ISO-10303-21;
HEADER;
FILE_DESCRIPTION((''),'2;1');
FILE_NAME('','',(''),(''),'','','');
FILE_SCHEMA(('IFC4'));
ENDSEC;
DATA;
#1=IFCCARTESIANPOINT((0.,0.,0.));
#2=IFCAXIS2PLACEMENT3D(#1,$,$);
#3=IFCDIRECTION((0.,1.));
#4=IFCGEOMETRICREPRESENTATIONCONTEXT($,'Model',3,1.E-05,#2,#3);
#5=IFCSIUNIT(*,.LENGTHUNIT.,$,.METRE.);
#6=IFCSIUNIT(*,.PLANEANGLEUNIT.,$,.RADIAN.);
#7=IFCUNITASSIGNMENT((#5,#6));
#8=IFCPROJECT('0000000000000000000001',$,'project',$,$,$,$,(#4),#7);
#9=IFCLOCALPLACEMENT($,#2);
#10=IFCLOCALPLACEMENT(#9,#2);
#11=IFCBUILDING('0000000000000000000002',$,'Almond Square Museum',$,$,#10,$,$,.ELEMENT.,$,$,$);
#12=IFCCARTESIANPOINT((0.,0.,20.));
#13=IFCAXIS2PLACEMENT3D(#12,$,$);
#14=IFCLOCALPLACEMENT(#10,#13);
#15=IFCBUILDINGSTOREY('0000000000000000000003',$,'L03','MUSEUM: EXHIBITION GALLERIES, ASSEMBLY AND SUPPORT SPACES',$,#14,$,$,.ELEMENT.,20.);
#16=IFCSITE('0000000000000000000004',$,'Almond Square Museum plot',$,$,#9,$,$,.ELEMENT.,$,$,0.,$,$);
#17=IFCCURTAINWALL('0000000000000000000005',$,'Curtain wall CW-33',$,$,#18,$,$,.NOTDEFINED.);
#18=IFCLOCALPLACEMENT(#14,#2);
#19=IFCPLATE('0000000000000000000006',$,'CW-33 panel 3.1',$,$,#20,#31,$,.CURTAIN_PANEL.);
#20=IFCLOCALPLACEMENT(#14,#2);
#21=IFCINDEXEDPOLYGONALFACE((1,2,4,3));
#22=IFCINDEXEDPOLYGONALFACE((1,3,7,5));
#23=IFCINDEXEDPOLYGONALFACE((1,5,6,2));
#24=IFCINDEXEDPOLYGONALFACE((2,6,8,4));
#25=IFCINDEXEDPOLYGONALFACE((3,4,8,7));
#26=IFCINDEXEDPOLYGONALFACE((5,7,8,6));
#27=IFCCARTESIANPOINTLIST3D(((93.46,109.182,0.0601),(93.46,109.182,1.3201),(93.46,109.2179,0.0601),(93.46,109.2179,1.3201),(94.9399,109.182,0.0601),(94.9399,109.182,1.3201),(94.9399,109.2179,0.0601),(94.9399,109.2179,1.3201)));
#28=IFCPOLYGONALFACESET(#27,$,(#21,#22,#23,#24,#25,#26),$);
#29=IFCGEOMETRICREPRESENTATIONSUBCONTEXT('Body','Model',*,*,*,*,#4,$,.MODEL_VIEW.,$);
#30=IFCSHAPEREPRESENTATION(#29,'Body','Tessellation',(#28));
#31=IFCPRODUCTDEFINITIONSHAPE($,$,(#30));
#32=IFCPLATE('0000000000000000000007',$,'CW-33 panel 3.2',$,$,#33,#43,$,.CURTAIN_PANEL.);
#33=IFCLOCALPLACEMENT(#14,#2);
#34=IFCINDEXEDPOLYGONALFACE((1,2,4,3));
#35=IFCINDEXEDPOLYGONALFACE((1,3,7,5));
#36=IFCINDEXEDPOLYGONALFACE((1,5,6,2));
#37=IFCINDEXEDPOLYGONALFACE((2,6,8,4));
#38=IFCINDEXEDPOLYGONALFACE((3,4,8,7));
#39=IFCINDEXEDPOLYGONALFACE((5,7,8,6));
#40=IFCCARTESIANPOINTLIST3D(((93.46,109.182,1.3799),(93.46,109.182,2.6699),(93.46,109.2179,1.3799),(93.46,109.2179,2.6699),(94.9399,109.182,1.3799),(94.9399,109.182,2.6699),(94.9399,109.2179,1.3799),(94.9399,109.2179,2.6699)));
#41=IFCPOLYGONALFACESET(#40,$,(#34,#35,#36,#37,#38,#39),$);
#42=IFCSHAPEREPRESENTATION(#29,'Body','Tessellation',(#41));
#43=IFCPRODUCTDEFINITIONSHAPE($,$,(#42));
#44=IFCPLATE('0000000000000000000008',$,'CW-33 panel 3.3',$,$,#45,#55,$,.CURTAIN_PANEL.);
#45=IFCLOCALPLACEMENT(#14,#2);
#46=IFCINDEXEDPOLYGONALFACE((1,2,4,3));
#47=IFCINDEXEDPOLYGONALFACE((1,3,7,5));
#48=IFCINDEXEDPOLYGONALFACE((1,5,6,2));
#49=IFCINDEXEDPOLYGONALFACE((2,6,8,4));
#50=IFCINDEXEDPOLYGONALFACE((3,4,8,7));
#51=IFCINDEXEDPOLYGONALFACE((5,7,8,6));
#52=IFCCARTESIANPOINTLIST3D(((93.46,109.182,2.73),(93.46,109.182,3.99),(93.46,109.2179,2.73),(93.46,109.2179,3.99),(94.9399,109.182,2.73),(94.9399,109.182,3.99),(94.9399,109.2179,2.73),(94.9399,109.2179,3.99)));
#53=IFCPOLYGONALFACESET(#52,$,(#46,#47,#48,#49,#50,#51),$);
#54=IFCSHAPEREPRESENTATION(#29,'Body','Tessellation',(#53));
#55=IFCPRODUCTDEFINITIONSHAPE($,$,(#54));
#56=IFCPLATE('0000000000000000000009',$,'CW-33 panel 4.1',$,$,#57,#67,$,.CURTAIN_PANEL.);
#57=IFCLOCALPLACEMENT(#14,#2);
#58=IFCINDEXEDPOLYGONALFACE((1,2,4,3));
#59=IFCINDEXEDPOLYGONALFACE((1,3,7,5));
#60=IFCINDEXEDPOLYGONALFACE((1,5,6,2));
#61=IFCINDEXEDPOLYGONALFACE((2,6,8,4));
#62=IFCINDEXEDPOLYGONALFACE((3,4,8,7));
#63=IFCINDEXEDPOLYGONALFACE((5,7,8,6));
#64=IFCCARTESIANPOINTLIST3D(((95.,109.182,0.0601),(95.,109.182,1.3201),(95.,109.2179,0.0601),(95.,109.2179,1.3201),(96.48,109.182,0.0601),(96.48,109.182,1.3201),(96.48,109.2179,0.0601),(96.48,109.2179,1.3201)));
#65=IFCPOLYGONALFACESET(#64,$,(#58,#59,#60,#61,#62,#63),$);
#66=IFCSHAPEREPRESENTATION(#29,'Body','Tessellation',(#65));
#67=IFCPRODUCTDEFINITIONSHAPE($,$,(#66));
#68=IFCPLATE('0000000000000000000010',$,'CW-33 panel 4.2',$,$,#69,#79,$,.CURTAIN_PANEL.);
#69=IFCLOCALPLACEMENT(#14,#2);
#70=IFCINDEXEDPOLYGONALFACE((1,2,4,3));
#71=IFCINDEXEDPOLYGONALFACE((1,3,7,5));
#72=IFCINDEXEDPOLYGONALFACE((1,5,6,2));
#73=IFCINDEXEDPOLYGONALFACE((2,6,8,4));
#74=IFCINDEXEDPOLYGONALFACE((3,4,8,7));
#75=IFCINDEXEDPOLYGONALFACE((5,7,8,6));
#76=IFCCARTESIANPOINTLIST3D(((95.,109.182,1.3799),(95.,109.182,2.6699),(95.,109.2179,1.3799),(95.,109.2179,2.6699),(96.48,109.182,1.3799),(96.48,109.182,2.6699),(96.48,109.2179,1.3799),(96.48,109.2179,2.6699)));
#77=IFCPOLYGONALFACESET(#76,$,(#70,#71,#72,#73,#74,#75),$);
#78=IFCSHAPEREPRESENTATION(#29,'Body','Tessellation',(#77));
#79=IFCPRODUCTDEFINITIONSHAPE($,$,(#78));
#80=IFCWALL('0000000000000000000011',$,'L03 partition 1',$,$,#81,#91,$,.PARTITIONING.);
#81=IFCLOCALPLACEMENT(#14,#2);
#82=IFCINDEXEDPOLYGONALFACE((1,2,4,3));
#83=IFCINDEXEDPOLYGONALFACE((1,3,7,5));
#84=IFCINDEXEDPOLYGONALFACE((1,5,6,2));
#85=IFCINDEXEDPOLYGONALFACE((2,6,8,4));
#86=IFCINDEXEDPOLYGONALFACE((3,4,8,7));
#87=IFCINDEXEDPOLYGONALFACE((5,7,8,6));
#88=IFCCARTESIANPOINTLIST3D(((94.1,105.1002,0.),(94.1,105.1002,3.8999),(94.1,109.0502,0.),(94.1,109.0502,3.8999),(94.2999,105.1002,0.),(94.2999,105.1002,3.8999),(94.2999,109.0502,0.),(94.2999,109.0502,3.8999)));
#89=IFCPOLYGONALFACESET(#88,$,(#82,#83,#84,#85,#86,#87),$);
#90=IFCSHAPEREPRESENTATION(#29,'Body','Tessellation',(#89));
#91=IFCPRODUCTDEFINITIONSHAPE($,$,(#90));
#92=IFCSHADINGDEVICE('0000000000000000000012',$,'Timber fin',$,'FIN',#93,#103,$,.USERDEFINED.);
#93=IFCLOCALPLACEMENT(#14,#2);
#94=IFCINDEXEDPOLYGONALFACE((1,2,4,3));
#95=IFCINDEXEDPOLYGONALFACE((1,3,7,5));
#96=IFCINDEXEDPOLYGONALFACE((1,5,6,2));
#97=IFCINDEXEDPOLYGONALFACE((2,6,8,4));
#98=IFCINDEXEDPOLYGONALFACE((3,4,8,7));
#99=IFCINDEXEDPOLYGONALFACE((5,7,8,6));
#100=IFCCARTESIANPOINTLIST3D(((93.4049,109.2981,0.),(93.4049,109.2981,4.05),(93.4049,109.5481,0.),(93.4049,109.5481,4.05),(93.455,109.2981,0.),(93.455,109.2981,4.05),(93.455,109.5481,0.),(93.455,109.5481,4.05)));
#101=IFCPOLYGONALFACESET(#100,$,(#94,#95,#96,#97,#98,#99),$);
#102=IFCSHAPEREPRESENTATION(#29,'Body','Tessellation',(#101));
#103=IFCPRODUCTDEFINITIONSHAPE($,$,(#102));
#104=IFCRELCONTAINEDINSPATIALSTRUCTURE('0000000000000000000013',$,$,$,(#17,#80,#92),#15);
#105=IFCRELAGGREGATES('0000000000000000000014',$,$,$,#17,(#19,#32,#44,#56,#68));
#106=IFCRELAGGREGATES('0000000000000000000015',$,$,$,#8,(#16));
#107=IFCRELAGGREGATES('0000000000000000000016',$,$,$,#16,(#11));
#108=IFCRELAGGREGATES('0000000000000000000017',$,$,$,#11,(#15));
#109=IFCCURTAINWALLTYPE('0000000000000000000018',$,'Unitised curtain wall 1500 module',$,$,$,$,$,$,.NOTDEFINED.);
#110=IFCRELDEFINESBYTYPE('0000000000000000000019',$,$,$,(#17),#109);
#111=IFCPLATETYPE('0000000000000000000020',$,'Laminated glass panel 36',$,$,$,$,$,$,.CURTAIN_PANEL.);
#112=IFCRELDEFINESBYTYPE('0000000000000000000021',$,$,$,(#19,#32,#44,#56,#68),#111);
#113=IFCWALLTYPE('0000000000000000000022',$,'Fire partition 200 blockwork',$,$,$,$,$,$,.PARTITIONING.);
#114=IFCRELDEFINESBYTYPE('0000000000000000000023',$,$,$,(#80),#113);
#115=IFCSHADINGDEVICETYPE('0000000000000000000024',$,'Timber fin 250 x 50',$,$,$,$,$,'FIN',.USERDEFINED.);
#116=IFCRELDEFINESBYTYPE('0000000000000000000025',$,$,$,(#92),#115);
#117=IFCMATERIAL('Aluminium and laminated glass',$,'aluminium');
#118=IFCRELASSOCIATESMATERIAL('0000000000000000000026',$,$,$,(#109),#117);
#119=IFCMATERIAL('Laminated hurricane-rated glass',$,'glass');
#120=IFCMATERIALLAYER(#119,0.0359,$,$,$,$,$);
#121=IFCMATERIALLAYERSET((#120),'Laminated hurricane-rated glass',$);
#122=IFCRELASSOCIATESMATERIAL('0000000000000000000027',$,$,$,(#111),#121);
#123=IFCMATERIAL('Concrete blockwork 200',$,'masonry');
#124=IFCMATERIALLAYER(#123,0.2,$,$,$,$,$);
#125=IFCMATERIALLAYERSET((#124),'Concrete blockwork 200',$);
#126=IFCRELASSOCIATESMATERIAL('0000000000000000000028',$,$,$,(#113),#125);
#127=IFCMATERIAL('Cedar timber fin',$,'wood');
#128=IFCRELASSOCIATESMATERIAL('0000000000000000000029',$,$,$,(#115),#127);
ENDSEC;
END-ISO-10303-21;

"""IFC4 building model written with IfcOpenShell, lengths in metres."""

from ifc_helpers import new_model, si_unit, direction, frame, frame_2d, origin, origin_2d, place, context, subcontext, project, spatial, rectangle, extrude, material, layer, layer_set, material_profile, profile_set, type_object, element, aggregate, save


model = new_model("IFC4")

# Units and contexts
model_context = context("Model", 3, precision=1e-05, world=origin(), true_north=direction((0.0, 1.0)))
body_context = subcontext(model_context, "Body", "Model", "MODEL_VIEW")
ifc_project = project(units=[si_unit("LENGTHUNIT", "METRE"), si_unit("PLANEANGLEUNIT", "RADIAN")], contexts=[model_context])

# Site, building, storey
site_placement = place(None, origin())
site = spatial("IfcSite", under=ifc_project, at=site_placement, Name="Almond Square Museum plot", CompositionType="ELEMENT", RefElevation=0.0)
building_placement = place(site_placement, origin())
building = spatial("IfcBuilding", under=site, at=building_placement, Name="Almond Square Museum", CompositionType="ELEMENT")
storey_placement = place(building_placement, frame((0.0, 0.0, 20.0)))
storey = spatial("IfcBuildingStorey", under=building, at=storey_placement, Name="L03", Description="MUSEUM: EXHIBITION GALLERIES, ASSEMBLY AND SUPPORT SPACES", CompositionType="ELEMENT", Elevation=20.0)

# Curtain wall, plates
ifc_material_1 = material(Name="Aluminium and laminated glass", Category="aluminium")
curtain_wall_type = type_object("IfcCurtainWallType", Name="Unitised curtain wall 1500 module", PredefinedType="NOTDEFINED", material=ifc_material_1)
curtain_wall_placement = place(storey_placement, origin())
curtain_wall = element("IfcCurtainWall", 1, at=curtain_wall_placement, inside=storey, type_object=curtain_wall_type, Name="Curtain wall CW-33", PredefinedType="NOTDEFINED")
ifc_material_2 = material(Name="Laminated hurricane-rated glass", Category="glass")
ifc_layer_1 = layer(ifc_material_2, 0.0359)
ifc_layer_set_1 = layer_set([ifc_layer_1], Name="Laminated hurricane-rated glass")
plate_type = type_object("IfcPlateType", Name="Laminated glass panel 36", PredefinedType="CURTAIN_PANEL", material=ifc_layer_set_1)
plate_1_placement = place(storey_placement, frame((94.2, 109.2, 0.0601), z_axis=(0.0, 0.0, 1.0), x_axis=(1.0, 0.0, 0.0)))
plate_1 = element("IfcPlate", 2, at=plate_1_placement, type_object=plate_type, Name="CW-33 panel 3.1", PredefinedType="CURTAIN_PANEL", context=body_context, shape_type="SweptSolid", body=[
    extrude(rectangle(XDim=1.48, YDim=0.0359, at=origin_2d()), origin(), (0.0, 0.0, 1.0), 1.26),
])
plate_2_placement = place(storey_placement, frame((94.2, 109.2, 1.3799), z_axis=(0.0, 0.0, 1.0), x_axis=(1.0, 0.0, 0.0)))
plate_2 = element("IfcPlate", 3, at=plate_2_placement, type_object=plate_type, Name="CW-33 panel 3.2", PredefinedType="CURTAIN_PANEL", context=body_context, shape_type="SweptSolid", body=[
    extrude(rectangle(XDim=1.48, YDim=0.0359, at=origin_2d()), origin(), (0.0, 0.0, 1.0), 1.29),
])
plate_3_placement = place(storey_placement, frame((94.2, 109.2, 2.73), z_axis=(0.0, 0.0, 1.0), x_axis=(1.0, 0.0, 0.0)))
plate_3 = element("IfcPlate", 4, at=plate_3_placement, type_object=plate_type, Name="CW-33 panel 3.3", PredefinedType="CURTAIN_PANEL", context=body_context, shape_type="SweptSolid", body=[
    extrude(rectangle(XDim=1.48, YDim=0.0359, at=origin_2d()), origin(), (0.0, 0.0, 1.0), 1.26),
])
plate_4_placement = place(storey_placement, frame((95.74, 109.2, 0.0601), z_axis=(0.0, 0.0, 1.0), x_axis=(1.0, 0.0, 0.0)))
plate_4 = element("IfcPlate", 5, at=plate_4_placement, type_object=plate_type, Name="CW-33 panel 4.1", PredefinedType="CURTAIN_PANEL", context=body_context, shape_type="SweptSolid", body=[
    extrude(rectangle(XDim=1.48, YDim=0.0359, at=origin_2d()), origin(), (0.0, 0.0, 1.0), 1.26),
])
plate_5_placement = place(storey_placement, frame((95.74, 109.2, 1.3799), z_axis=(0.0, 0.0, 1.0), x_axis=(1.0, 0.0, 0.0)))
plate_5 = element("IfcPlate", 6, at=plate_5_placement, type_object=plate_type, Name="CW-33 panel 4.2", PredefinedType="CURTAIN_PANEL", context=body_context, shape_type="SweptSolid", body=[
    extrude(rectangle(XDim=1.48, YDim=0.0359, at=origin_2d()), origin(), (0.0, 0.0, 1.0), 1.29),
])
aggregate(curtain_wall, [plate_1, plate_2, plate_3, plate_4, plate_5])

# Wall
ifc_material_3 = material(Name="Concrete blockwork 200", Category="masonry")
ifc_layer_2 = layer(ifc_material_3, 0.2)
ifc_layer_set_2 = layer_set([ifc_layer_2], Name="Concrete blockwork 200")
wall_type = type_object("IfcWallType", Name="Fire partition 200 blockwork", PredefinedType="PARTITIONING", material=ifc_layer_set_2)
wall_placement = place(storey_placement, frame((94.2, 105.1001, 0.0), z_axis=(0.0, 0.0, 1.0), x_axis=(0.0, 1.0, 0.0)))
element("IfcWall", 7, at=wall_placement, inside=storey, type_object=wall_type, Name="L03 partition 1", PredefinedType="PARTITIONING", context=body_context, shape_type="SweptSolid", body=[
    extrude(rectangle(XDim=3.95, YDim=0.2, at=frame_2d((1.9751, 0.0))), origin(), (0.0, 0.0, 1.0), 3.8999),
])

# Shading device
ifc_material_4 = material(Name="Cedar timber fin", Category="wood")
ifc_material_profile_1 = material_profile(ifc_material_4, rectangle(XDim=0.25, YDim=0.05, at=origin_2d()))
ifc_profile_set_1 = profile_set([ifc_material_profile_1], Name="Cedar timber fin")
shading_device_type = type_object("IfcShadingDeviceType", Name="Timber fin 250 x 50", ElementType="FIN", PredefinedType="USERDEFINED", material=ifc_profile_set_1)
shading_device_placement = place(storey_placement, frame((93.4299, 109.4231, 0.0), z_axis=(0.0, 0.0, 1.0), x_axis=(0.0, 1.0, 0.0)))
element("IfcShadingDevice", 8, at=shading_device_placement, inside=storey, type_object=shading_device_type, Name="Timber fin", ObjectType="FIN", PredefinedType="USERDEFINED", context=body_context, shape_type="SweptSolid", body=[
    extrude(rectangle(XDim=0.25, YDim=0.05, at=origin_2d()), origin(), (0.0, 0.0, 1.0), 4.05),
])

save(model, "model.ifc")
